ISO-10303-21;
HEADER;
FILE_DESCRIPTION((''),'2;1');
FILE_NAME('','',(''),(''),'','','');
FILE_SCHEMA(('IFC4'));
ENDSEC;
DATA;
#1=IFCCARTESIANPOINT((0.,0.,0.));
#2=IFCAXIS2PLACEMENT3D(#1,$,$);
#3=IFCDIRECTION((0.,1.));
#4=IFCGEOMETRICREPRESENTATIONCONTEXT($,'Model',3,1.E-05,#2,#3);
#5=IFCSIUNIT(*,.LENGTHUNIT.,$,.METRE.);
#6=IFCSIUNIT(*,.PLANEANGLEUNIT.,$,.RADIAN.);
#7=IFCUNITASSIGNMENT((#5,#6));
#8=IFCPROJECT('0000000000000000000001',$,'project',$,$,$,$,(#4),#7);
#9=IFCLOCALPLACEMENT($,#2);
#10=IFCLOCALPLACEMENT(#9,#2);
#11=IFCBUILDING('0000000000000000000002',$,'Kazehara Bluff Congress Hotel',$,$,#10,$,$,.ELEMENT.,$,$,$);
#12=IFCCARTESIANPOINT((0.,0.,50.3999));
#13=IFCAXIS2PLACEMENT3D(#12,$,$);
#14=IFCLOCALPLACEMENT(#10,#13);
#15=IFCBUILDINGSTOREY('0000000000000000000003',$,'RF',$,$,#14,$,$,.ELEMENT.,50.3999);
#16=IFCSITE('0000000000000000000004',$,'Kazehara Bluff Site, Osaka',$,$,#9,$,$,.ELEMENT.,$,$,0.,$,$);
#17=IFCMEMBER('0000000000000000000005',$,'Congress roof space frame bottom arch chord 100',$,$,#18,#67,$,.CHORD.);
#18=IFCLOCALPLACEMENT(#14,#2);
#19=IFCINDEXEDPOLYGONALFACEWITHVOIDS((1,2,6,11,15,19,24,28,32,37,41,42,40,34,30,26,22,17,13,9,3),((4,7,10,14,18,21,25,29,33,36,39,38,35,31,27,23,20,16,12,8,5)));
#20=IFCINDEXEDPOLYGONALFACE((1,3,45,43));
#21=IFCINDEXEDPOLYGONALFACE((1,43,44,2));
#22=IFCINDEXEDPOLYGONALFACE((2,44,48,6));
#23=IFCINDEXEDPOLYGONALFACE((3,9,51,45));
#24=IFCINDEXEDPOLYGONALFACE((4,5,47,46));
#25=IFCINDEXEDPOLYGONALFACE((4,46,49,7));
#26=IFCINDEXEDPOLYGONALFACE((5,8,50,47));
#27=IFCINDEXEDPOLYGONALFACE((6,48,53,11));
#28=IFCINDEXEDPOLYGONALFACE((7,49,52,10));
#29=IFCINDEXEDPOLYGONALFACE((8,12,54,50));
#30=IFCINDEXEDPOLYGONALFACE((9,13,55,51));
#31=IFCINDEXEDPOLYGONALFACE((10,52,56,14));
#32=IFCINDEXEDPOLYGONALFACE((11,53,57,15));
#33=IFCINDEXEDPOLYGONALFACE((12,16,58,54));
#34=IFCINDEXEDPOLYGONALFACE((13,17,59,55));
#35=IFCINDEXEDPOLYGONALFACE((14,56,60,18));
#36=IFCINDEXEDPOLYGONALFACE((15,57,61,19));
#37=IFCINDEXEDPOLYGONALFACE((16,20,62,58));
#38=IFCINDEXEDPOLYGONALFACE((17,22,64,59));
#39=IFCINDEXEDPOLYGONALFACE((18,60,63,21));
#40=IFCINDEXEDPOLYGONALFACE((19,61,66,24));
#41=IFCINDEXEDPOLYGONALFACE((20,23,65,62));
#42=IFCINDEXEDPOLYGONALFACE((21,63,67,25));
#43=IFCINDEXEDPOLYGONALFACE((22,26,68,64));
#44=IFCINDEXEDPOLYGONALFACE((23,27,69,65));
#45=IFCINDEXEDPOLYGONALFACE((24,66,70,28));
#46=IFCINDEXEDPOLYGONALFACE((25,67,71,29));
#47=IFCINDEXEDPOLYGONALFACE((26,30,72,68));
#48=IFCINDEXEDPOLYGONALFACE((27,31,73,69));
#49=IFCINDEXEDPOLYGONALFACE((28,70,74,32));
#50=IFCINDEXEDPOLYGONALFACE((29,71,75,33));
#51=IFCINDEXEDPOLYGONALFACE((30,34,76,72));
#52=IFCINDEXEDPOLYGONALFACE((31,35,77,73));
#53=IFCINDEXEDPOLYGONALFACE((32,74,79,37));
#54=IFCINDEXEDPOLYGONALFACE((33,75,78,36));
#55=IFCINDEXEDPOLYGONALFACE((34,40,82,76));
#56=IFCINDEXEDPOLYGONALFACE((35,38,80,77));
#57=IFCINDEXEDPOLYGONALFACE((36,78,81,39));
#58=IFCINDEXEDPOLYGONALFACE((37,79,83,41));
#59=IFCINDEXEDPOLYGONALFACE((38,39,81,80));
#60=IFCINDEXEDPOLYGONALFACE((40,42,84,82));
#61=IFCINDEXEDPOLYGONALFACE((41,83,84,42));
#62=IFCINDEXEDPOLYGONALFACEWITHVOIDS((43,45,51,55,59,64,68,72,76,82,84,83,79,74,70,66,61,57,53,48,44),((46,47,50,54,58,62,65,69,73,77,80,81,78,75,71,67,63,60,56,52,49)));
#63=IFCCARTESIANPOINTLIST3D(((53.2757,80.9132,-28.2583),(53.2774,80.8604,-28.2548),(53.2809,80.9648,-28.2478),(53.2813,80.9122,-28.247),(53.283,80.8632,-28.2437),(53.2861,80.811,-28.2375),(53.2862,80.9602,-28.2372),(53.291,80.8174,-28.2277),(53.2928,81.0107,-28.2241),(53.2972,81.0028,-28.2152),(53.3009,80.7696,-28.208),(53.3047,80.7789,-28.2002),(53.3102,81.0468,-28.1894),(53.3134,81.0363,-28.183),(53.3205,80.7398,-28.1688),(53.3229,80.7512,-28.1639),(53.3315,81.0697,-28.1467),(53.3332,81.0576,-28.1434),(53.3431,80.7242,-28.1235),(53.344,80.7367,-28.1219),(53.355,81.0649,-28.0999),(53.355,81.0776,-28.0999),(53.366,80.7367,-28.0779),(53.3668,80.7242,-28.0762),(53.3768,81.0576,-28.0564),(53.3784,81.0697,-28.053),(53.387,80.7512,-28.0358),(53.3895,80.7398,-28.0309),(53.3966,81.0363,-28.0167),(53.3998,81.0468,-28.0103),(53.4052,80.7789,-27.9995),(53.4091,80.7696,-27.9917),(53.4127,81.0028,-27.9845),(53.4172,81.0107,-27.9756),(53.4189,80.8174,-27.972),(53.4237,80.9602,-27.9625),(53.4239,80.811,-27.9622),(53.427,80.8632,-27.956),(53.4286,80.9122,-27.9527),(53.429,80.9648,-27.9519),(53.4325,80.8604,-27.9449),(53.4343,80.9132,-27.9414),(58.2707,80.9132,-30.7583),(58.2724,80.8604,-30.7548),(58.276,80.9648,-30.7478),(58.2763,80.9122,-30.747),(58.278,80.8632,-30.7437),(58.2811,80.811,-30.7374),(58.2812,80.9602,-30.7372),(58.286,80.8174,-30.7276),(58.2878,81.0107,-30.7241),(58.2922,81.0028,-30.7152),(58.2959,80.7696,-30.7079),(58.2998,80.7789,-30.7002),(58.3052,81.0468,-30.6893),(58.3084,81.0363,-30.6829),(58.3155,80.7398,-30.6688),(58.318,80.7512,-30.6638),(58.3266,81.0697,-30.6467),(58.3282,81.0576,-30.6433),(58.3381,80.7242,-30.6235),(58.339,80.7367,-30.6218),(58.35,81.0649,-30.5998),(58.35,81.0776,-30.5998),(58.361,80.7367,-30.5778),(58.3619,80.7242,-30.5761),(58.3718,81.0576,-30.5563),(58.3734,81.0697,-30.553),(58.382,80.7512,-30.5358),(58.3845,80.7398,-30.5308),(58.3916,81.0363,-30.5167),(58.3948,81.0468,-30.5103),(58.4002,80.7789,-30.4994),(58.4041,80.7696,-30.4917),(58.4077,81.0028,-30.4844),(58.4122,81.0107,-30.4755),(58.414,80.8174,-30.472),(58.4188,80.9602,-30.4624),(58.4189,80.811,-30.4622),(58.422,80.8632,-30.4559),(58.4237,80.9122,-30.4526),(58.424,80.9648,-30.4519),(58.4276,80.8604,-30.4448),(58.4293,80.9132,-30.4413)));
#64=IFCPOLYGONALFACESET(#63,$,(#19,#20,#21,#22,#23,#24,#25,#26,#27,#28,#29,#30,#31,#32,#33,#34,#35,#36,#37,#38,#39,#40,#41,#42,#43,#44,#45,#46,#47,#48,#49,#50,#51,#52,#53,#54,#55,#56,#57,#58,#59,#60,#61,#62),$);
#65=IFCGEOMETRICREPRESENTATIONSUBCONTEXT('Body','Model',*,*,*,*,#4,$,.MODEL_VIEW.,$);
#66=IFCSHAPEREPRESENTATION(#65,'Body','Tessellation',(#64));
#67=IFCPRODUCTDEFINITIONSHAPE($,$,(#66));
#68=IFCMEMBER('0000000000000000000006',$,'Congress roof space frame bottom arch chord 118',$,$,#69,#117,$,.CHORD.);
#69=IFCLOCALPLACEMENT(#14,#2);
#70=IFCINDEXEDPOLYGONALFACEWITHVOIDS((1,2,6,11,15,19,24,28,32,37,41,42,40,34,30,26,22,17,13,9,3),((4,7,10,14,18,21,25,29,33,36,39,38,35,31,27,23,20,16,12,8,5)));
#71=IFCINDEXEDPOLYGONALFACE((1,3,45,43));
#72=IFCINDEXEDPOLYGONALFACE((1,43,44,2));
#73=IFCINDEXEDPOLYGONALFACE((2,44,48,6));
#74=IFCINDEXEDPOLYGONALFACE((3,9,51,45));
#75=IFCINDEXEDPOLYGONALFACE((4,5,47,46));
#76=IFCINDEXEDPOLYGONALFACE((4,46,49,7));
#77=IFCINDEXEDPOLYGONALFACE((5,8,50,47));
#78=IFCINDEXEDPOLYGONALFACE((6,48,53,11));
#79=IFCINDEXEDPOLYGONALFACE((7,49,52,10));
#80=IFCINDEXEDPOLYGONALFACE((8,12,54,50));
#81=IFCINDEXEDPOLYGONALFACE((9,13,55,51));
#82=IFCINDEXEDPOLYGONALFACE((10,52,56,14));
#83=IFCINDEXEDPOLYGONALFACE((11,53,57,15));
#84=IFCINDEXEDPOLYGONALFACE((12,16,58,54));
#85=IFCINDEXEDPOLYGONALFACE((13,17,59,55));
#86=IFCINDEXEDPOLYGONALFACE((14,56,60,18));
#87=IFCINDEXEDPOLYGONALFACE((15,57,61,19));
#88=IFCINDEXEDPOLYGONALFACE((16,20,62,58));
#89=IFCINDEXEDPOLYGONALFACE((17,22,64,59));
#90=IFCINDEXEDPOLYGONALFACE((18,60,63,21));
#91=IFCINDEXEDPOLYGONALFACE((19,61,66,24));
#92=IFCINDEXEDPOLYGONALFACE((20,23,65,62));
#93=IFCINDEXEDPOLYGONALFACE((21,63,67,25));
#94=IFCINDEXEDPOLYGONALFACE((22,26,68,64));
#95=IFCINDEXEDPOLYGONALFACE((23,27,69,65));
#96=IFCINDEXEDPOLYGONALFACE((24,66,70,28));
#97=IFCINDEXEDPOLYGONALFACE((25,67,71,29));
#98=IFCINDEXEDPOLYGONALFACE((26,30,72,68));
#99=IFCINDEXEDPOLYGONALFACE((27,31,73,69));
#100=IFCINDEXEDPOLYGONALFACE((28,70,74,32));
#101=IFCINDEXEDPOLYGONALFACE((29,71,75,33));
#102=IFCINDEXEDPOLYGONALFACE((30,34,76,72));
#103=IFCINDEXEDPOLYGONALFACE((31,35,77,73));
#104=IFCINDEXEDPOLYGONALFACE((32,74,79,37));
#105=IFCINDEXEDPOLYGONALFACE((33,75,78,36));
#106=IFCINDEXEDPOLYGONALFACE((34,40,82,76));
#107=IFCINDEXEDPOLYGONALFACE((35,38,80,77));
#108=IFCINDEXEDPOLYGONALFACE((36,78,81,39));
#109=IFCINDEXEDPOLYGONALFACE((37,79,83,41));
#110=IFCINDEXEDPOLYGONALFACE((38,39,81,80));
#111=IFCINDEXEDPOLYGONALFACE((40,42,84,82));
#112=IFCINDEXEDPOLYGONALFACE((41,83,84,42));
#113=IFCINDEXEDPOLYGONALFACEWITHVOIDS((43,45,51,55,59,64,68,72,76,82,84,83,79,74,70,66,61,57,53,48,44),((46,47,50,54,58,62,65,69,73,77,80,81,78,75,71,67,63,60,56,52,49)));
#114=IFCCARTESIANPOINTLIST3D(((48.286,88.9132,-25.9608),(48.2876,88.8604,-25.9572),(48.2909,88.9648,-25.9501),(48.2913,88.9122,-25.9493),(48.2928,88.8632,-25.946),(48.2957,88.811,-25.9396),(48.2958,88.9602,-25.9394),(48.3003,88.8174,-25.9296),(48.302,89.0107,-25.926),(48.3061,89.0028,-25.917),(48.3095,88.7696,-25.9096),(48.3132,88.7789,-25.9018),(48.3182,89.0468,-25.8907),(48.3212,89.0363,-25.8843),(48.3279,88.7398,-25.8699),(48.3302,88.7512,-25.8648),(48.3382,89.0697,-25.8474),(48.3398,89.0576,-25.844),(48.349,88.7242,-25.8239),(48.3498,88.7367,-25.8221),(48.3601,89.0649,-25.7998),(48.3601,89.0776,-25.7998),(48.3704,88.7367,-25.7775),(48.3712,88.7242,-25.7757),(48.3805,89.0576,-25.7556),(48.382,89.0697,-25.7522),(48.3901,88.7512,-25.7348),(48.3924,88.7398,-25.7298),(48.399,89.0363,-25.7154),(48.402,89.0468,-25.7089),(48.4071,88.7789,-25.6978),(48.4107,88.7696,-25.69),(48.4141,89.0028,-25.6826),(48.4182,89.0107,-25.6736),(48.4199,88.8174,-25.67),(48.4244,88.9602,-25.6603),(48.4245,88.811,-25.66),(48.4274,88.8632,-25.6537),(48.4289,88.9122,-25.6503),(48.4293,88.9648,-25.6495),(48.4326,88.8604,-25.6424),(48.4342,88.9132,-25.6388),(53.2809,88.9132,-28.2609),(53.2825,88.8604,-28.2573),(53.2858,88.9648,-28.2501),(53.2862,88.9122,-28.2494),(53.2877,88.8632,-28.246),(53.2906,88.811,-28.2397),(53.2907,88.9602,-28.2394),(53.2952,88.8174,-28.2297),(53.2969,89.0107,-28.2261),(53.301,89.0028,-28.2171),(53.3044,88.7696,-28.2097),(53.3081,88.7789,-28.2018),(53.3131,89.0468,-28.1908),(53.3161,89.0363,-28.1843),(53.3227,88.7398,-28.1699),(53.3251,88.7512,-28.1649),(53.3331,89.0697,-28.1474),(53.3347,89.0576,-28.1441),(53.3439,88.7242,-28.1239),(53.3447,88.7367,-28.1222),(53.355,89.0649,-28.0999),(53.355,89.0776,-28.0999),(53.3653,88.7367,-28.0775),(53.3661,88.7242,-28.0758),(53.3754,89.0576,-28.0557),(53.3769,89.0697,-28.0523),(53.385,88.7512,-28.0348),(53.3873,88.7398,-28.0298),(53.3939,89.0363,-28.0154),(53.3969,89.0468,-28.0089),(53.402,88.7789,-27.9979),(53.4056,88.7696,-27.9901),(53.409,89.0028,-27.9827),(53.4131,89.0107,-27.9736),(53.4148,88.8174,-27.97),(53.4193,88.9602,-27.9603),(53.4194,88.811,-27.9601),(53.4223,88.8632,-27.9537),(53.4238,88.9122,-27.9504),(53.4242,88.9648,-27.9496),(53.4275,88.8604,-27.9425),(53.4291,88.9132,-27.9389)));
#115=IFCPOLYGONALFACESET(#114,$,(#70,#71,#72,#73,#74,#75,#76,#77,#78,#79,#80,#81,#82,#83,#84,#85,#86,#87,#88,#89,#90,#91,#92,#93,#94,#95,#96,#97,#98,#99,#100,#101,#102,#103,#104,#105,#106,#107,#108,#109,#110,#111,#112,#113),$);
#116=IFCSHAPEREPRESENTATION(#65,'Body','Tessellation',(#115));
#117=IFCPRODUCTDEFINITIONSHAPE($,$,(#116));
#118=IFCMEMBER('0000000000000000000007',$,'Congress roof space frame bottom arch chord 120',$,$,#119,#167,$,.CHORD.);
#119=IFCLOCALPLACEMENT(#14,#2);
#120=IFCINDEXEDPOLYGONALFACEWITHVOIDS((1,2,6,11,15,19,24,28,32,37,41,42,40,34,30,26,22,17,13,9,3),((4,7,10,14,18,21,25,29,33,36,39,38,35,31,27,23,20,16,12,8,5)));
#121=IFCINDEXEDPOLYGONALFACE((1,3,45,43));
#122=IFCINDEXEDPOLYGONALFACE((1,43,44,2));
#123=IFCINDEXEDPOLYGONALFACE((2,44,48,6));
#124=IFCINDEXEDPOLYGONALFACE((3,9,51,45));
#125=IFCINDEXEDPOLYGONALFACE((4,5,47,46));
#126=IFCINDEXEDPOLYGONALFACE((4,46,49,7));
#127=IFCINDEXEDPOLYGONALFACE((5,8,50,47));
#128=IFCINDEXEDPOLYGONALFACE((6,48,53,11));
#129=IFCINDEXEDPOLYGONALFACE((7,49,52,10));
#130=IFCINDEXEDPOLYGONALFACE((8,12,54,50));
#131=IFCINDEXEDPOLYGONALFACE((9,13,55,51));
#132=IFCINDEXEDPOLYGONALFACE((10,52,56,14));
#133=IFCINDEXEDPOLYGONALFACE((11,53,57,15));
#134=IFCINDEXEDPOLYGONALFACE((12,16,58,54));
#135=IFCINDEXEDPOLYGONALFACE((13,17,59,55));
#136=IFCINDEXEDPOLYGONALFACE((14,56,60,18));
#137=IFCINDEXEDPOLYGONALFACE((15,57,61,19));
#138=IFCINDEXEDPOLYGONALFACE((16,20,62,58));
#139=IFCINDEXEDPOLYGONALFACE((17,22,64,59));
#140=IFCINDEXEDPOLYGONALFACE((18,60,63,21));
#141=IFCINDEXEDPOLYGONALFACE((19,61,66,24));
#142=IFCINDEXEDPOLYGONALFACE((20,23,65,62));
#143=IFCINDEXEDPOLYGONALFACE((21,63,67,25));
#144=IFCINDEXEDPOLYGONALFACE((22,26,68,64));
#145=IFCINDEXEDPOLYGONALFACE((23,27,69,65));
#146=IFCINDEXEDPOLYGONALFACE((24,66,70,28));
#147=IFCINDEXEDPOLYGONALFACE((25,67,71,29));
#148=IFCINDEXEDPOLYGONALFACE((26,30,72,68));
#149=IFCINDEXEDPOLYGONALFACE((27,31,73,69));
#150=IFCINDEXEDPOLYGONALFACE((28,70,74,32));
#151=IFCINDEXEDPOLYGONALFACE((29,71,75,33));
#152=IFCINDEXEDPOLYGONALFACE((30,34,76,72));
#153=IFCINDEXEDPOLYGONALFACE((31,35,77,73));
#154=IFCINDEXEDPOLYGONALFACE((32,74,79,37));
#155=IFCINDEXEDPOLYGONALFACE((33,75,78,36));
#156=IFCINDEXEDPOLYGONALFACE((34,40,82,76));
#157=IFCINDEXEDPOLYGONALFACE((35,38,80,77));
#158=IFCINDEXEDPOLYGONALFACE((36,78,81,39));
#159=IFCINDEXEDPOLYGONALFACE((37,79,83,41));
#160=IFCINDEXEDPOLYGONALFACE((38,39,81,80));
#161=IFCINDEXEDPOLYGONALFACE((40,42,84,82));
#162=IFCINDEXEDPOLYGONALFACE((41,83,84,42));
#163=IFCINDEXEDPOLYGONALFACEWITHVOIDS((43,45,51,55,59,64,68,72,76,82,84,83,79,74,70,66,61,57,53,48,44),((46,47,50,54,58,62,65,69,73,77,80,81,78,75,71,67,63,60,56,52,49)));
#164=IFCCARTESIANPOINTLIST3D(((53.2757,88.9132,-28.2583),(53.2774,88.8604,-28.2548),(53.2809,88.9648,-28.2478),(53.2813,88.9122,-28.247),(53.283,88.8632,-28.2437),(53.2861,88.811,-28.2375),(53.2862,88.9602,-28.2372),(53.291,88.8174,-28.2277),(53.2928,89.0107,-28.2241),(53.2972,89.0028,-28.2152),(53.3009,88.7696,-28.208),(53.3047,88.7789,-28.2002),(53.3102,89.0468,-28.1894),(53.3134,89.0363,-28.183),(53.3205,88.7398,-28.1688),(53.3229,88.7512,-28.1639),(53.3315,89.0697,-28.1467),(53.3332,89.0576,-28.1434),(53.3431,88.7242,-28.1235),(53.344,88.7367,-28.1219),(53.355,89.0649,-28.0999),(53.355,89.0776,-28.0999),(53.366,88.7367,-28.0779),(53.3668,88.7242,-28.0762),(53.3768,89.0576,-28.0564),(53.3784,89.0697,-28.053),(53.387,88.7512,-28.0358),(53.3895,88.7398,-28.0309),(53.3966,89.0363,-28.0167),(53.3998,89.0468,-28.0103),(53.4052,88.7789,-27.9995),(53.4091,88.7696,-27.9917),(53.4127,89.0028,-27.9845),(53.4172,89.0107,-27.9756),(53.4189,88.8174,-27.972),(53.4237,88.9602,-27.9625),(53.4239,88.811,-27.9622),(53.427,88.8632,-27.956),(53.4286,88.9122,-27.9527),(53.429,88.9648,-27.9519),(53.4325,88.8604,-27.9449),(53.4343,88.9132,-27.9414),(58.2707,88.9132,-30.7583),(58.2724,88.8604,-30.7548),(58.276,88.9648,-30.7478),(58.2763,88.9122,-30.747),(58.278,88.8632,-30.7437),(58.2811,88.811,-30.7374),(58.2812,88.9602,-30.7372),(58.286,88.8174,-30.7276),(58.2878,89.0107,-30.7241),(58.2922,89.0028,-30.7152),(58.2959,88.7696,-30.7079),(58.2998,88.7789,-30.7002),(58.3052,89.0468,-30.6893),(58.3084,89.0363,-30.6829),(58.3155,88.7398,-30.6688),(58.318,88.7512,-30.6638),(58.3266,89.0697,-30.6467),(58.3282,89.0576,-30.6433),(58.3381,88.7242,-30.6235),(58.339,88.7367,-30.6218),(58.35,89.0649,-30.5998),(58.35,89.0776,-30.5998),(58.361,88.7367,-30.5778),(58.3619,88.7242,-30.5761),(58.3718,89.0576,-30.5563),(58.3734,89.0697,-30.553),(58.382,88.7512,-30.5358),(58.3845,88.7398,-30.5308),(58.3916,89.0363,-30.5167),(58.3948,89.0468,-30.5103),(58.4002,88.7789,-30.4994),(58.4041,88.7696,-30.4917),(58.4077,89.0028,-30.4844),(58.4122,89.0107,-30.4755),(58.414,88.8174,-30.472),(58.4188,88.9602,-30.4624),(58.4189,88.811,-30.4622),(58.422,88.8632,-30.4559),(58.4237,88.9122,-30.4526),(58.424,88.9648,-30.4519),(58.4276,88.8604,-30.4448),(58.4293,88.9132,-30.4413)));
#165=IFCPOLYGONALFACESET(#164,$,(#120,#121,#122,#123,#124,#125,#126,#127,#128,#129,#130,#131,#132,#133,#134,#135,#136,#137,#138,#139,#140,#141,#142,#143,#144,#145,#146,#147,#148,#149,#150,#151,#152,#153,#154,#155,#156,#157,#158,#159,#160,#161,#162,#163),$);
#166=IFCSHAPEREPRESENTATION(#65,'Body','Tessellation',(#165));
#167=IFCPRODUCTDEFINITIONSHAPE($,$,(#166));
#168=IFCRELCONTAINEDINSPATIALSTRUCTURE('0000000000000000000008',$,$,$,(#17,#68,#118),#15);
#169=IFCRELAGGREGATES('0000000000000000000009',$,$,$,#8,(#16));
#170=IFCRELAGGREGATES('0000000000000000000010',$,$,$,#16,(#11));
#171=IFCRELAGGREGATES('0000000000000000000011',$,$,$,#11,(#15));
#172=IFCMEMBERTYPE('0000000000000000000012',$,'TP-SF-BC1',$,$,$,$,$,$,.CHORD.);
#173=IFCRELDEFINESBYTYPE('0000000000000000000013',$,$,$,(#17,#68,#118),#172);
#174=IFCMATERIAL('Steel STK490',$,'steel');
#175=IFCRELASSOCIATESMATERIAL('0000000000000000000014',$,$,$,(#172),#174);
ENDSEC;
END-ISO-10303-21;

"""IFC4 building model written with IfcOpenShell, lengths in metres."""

from ifc_helpers import new_model, si_unit, direction, frame, origin, origin_2d, place, context, subcontext, project, spatial, hollow_circle, extrude, material, material_profile, profile_set, type_object, element, save


model = new_model("IFC4")

# Units and contexts
model_context = context("Model", 3, precision=1e-05, world=origin(), true_north=direction((0.0, 1.0)))
body_context = subcontext(model_context, "Body", "Model", "MODEL_VIEW")
ifc_project = project(units=[si_unit("LENGTHUNIT", "METRE"), si_unit("PLANEANGLEUNIT", "RADIAN")], contexts=[model_context])

# Site, building, storey
site_placement = place(None, origin())
site = spatial("IfcSite", under=ifc_project, at=site_placement, Name="Kazehara Bluff Site, Osaka", CompositionType="ELEMENT", RefElevation=0.0)
building_placement = place(site_placement, origin())
building = spatial("IfcBuilding", under=site, at=building_placement, Name="Kazehara Bluff Congress Hotel", CompositionType="ELEMENT")
storey_placement = place(building_placement, frame((0.0, 0.0, 50.3999)))
storey = spatial("IfcBuildingStorey", under=building, at=storey_placement, Name="RF", CompositionType="ELEMENT", Elevation=50.3999)

# Members
ifc_material_1 = material(Name="Steel STK490", Category="steel")
ifc_material_profile_1 = material_profile(ifc_material_1, hollow_circle(Radius=0.1777, WallThickness=0.0127, at=origin_2d()))
ifc_profile_set_1 = profile_set([ifc_material_profile_1], Name="Steel STK490")
member_type_1 = type_object("IfcMemberType", Name="TP-SF-BC1", PredefinedType="CHORD", material=ifc_profile_set_1)
member_1_placement = place(storey_placement, frame((53.355, 80.8999, -28.0999), z_axis=(0.894252, 0.0, -0.447563), x_axis=(0.0, 1.0, 0.0)))
element("IfcMember", 1, at=member_1_placement, inside=storey, type_object=member_type_1, Name="Congress roof space frame bottom arch chord 100", PredefinedType="CHORD", context=body_context, shape_type="SweptSolid", body=[
    extrude(hollow_circle(Radius=0.1777, WallThickness=0.0127, at=origin_2d()), origin(), (0.0, 0.0, 1.0), 5.5857),
])
member_2_placement = place(storey_placement, frame((48.3601, 88.8999, -25.7998), z_axis=(0.908324, 0.0, -0.418267), x_axis=(0.0, 1.0, 0.0)))
element("IfcMember", 2, at=member_2_placement, inside=storey, type_object=member_type_1, Name="Congress roof space frame bottom arch chord 118", PredefinedType="CHORD", context=body_context, shape_type="SweptSolid", body=[
    extrude(hollow_circle(Radius=0.1777, WallThickness=0.0127, at=origin_2d()), origin(), (0.0, 0.0, 1.0), 5.499),
])
member_3_placement = place(storey_placement, frame((53.355, 88.8999, -28.0999), z_axis=(0.894252, 0.0, -0.447563), x_axis=(0.0, 1.0, 0.0)))
element("IfcMember", 3, at=member_3_placement, inside=storey, type_object=member_type_1, Name="Congress roof space frame bottom arch chord 120", PredefinedType="CHORD", context=body_context, shape_type="SweptSolid", body=[
    extrude(hollow_circle(Radius=0.1777, WallThickness=0.0127, at=origin_2d()), origin(), (0.0, 0.0, 1.0), 5.5857),
])

save(model, "model.ifc")
